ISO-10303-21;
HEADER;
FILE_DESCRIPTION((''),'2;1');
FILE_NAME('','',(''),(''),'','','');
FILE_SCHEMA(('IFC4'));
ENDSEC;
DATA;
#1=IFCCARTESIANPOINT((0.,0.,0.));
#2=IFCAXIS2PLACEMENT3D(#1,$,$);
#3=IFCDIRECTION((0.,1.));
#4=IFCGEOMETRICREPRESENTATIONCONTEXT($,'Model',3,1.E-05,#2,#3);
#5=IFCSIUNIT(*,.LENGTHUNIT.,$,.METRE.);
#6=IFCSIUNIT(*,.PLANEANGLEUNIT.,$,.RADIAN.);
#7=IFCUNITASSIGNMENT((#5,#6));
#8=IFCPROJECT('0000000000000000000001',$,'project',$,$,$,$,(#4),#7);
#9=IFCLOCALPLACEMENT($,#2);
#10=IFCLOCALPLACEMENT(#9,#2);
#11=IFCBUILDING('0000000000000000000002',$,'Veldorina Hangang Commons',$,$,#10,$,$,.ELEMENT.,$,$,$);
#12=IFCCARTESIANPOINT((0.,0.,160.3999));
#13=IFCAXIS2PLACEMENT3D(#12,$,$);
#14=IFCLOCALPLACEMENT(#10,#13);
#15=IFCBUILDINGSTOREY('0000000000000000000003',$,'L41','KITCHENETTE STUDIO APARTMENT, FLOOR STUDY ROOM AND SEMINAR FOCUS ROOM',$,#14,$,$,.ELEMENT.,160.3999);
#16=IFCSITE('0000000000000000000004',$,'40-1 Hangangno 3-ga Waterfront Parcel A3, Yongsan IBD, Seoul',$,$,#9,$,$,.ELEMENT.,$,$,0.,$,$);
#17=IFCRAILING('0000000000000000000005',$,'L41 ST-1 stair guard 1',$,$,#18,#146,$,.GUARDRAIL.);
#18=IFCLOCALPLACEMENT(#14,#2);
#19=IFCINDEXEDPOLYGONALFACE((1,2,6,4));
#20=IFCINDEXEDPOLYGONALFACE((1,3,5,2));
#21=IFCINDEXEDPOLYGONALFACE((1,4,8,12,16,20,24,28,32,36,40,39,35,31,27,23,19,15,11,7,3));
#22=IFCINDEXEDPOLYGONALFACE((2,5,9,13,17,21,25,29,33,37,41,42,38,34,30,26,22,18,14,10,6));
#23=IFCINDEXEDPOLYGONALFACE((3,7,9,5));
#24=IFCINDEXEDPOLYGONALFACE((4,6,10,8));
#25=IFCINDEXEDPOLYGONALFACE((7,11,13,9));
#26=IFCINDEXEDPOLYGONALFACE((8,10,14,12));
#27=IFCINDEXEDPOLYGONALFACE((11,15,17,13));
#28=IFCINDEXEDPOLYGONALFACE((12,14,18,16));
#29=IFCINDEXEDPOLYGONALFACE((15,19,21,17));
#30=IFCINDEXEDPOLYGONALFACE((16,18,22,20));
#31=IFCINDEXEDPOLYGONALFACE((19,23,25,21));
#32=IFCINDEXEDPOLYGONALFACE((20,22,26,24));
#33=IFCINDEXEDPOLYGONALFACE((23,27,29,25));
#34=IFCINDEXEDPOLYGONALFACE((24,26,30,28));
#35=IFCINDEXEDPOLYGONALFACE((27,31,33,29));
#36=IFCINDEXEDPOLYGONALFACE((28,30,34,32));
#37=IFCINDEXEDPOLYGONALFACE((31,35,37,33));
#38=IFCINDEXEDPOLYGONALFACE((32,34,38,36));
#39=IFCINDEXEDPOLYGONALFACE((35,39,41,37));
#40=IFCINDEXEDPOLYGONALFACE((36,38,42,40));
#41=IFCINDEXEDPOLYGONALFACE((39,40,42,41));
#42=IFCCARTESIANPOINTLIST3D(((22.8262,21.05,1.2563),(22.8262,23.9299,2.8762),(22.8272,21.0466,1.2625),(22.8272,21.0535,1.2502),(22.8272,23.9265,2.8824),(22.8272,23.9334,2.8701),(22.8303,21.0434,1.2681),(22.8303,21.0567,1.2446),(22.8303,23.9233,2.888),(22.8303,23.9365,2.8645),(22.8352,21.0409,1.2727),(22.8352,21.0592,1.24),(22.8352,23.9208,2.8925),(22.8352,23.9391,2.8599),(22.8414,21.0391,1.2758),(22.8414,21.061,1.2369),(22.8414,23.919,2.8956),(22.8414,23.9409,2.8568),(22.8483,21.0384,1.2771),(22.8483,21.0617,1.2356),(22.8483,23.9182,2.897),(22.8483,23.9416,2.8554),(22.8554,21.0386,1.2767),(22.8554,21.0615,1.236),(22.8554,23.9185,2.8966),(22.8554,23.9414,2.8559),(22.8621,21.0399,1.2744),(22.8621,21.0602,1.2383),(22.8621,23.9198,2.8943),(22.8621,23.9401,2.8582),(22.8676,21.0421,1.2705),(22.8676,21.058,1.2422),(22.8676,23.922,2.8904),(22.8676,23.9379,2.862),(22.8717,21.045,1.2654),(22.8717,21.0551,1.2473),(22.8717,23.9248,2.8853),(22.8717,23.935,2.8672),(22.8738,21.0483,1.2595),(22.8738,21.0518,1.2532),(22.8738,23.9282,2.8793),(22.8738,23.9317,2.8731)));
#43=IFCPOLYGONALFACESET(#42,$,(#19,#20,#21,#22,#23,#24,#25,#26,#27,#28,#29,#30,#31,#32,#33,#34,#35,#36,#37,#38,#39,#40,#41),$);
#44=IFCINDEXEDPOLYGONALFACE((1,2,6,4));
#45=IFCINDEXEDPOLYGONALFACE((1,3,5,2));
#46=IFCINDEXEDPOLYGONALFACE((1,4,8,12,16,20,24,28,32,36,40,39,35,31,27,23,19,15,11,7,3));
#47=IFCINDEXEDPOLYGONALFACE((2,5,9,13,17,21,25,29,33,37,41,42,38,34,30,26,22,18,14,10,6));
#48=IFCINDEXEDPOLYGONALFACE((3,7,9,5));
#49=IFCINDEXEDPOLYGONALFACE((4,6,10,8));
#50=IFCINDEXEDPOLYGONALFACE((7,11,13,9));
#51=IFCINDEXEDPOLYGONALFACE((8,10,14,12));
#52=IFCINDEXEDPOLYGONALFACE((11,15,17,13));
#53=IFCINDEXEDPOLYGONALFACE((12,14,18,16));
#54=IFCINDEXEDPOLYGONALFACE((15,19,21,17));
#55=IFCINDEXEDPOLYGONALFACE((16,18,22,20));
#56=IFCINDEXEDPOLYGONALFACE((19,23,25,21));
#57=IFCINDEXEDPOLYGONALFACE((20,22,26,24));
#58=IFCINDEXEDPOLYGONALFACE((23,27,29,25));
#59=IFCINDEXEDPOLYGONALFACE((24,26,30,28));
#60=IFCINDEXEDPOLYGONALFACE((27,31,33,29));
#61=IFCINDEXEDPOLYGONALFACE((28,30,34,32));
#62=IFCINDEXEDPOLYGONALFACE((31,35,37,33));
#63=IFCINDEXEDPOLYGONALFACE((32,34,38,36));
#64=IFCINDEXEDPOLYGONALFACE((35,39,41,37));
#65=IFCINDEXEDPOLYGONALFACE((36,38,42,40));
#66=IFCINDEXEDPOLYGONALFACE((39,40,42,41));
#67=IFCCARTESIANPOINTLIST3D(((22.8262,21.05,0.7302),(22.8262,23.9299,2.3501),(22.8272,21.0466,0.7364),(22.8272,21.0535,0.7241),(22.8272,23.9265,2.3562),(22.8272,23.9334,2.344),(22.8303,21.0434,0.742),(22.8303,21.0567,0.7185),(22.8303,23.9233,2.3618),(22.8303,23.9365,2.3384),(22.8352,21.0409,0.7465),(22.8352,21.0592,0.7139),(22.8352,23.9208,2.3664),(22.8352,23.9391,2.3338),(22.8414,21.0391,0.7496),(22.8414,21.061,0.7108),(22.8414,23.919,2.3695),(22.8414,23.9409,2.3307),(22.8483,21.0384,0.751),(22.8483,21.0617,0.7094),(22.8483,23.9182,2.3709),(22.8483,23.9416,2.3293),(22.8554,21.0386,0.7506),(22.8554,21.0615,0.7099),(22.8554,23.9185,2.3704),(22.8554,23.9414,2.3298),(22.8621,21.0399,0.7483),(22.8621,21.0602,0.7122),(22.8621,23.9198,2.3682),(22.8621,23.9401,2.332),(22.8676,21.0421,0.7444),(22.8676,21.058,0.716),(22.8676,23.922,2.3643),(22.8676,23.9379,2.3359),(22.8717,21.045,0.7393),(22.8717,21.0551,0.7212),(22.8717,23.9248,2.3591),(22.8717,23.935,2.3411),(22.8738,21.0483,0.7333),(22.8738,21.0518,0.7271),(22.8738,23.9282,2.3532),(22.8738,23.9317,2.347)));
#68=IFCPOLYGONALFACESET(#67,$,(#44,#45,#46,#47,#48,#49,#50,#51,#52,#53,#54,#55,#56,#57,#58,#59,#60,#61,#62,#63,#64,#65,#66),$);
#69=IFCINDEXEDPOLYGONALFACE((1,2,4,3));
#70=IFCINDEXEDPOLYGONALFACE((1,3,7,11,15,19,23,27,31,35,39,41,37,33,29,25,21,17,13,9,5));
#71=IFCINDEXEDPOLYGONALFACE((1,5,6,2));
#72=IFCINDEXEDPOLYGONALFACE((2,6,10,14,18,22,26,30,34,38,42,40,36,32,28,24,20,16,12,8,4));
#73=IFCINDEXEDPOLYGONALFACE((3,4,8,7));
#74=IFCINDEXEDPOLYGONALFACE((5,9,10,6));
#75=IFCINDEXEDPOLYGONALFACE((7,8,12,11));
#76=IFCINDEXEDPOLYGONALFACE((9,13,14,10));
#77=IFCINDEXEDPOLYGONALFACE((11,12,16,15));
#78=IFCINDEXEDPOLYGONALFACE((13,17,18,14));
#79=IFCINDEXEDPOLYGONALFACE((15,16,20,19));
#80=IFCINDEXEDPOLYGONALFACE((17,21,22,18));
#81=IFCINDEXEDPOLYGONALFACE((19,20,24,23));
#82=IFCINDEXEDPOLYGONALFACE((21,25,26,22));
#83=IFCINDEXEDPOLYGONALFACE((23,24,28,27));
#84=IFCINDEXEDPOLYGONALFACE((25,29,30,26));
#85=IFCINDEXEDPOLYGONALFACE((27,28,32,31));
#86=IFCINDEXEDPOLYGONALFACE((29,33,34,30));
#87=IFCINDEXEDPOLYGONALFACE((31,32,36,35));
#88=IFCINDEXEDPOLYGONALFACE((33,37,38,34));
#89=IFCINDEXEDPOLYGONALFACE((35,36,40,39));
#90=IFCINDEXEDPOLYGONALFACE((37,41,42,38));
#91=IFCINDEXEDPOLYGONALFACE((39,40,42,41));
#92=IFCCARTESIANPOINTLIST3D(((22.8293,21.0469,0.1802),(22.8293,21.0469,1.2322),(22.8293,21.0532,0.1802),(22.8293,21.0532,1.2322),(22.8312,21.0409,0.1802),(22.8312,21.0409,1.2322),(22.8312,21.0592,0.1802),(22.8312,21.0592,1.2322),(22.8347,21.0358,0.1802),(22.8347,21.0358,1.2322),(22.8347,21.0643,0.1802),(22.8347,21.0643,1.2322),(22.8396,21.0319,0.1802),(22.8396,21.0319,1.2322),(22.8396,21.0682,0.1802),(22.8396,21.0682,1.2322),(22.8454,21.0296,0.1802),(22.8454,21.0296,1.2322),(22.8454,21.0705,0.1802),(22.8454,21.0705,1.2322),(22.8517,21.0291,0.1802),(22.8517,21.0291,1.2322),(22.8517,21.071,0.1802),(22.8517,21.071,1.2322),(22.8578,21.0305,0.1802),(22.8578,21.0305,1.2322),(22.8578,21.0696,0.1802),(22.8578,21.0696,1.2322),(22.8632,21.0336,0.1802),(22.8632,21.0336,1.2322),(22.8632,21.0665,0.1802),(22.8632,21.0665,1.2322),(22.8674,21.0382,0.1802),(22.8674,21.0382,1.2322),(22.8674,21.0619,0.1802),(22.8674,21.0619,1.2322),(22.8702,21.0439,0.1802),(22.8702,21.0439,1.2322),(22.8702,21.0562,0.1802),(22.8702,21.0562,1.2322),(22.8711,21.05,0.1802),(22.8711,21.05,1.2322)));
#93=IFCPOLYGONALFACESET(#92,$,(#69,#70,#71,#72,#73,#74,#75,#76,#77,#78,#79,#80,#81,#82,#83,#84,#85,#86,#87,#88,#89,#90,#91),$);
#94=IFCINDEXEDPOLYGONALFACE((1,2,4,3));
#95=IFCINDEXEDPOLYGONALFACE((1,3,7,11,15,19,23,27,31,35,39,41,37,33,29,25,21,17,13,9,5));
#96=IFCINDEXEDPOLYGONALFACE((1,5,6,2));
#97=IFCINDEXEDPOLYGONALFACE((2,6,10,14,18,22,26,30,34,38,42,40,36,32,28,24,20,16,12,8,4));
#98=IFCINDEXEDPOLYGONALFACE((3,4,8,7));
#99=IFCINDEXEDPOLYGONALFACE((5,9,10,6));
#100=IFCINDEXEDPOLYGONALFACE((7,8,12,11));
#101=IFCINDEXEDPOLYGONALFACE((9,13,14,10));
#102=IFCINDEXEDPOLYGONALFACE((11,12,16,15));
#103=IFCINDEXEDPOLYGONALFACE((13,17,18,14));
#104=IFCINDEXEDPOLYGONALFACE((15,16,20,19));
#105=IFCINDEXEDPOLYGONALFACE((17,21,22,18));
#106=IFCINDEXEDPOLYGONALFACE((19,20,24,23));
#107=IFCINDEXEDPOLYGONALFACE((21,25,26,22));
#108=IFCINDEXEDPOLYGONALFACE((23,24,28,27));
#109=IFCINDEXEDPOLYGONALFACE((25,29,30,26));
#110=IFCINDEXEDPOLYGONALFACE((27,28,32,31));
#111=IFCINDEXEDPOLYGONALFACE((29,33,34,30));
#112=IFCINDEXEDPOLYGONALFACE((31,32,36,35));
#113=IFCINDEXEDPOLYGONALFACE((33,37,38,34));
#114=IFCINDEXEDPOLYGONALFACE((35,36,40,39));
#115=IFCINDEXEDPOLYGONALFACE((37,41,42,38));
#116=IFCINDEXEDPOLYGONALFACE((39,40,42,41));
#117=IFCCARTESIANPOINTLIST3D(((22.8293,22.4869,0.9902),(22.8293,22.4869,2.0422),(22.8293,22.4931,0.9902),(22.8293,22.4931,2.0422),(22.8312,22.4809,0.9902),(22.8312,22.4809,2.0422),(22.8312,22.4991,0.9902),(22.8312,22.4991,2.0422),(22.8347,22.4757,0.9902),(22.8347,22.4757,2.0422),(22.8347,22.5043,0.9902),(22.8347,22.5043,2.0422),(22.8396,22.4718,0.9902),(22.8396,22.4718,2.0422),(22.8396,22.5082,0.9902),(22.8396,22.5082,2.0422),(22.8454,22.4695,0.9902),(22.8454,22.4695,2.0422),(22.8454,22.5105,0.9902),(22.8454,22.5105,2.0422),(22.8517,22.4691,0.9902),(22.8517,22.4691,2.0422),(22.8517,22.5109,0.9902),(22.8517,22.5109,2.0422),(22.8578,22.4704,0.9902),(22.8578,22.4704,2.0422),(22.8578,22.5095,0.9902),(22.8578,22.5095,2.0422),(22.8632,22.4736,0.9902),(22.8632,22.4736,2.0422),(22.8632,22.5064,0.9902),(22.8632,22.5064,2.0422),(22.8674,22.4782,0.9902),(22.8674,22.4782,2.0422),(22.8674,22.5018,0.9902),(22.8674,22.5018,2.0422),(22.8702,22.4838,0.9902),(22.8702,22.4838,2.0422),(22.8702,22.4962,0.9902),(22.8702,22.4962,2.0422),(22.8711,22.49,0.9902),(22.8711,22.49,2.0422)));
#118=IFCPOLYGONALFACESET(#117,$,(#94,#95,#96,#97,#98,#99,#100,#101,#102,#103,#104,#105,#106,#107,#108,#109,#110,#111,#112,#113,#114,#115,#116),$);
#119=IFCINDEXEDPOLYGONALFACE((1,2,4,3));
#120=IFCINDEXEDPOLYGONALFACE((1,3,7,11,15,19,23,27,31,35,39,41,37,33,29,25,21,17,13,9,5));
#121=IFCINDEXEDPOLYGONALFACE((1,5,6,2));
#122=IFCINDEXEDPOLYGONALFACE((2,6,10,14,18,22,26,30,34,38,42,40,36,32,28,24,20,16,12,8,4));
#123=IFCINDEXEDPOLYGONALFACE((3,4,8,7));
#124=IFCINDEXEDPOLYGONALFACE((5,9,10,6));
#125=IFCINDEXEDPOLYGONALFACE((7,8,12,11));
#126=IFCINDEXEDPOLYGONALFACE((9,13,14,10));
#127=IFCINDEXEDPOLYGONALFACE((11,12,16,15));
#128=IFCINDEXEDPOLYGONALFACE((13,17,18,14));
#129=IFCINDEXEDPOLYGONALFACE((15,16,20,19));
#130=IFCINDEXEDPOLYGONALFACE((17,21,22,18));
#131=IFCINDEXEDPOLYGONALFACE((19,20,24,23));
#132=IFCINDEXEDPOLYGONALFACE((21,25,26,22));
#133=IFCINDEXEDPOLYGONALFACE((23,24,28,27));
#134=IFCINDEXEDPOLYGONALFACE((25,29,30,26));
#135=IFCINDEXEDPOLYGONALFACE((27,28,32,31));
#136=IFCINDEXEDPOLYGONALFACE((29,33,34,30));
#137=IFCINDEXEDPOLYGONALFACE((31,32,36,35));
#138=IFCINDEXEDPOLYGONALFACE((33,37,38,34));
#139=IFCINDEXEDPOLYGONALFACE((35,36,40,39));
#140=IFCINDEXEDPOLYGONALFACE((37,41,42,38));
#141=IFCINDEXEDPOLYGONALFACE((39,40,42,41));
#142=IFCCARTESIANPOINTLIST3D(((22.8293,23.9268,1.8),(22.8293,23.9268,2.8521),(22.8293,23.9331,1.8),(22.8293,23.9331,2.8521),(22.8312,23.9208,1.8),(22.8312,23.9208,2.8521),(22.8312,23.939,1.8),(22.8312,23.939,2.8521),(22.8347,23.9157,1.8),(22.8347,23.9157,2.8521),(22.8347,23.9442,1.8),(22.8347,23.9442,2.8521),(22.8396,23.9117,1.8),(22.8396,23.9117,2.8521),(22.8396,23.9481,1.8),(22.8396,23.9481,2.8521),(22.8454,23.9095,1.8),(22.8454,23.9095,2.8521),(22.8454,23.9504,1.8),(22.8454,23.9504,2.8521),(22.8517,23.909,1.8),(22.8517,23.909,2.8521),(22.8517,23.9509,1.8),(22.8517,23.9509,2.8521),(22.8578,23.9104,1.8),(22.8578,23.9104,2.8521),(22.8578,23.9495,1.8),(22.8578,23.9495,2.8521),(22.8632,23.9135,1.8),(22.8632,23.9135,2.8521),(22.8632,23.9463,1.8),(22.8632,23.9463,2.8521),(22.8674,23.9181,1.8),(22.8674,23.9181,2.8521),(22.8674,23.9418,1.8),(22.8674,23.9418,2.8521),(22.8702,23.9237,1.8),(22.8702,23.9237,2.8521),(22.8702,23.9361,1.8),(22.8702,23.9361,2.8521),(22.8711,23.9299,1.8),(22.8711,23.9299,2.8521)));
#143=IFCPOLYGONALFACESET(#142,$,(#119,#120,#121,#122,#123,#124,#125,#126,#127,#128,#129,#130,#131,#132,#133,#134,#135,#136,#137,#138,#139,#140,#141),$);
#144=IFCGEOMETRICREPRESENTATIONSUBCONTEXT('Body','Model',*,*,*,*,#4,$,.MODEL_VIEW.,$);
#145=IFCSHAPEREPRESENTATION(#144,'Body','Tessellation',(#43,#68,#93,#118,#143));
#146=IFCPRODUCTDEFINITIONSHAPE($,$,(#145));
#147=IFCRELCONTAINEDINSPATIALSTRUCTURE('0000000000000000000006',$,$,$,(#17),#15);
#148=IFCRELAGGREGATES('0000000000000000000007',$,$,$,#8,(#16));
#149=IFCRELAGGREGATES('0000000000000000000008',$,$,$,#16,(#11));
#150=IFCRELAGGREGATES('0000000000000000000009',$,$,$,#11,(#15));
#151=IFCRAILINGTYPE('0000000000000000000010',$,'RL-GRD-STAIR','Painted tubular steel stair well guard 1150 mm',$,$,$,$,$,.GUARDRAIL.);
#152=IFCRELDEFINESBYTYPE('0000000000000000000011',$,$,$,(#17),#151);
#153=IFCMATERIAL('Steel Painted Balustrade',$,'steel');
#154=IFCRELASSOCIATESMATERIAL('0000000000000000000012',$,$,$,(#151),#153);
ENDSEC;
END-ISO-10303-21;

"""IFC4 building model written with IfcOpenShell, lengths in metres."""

from ifc_helpers import new_model, si_unit, direction, frame, origin, origin_2d, place, context, subcontext, project, spatial, circle, extrude, material, type_object, element, save


model = new_model("IFC4")

# Units and contexts
model_context = context("Model", 3, precision=1e-05, world=origin(), true_north=direction((0.0, 1.0)))
body_context = subcontext(model_context, "Body", "Model", "MODEL_VIEW")
ifc_project = project(units=[si_unit("LENGTHUNIT", "METRE"), si_unit("PLANEANGLEUNIT", "RADIAN")], contexts=[model_context])

# Site, building, storey
site_placement = place(None, origin())
site = spatial("IfcSite", under=ifc_project, at=site_placement, Name="40-1 Hangangno 3-ga Waterfront Parcel A3, Yongsan IBD, Seoul", CompositionType="ELEMENT", RefElevation=0.0)
building_placement = place(site_placement, origin())
building = spatial("IfcBuilding", under=site, at=building_placement, Name="Veldorina Hangang Commons", CompositionType="ELEMENT")
storey_placement = place(building_placement, frame((0.0, 0.0, 160.3999)))
storey = spatial("IfcBuildingStorey", under=building, at=storey_placement, Name="L41", Description="KITCHENETTE STUDIO APARTMENT, FLOOR STUDY ROOM AND SEMINAR FOCUS ROOM", CompositionType="ELEMENT", Elevation=160.3999)

# Railing
ifc_material_1 = material(Name="Steel Painted Balustrade", Category="steel")
railing_type_1 = type_object("IfcRailingType", Name="RL-GRD-STAIR", Description="Painted tubular steel stair well guard 1150 mm", PredefinedType="GUARDRAIL", material=ifc_material_1)
railing_1_placement = place(storey_placement, frame((22.8501, 21.05, 0.1802)))
element("IfcRailing", 1, at=railing_1_placement, inside=storey, type_object=railing_type_1, Name="L41 ST-1 stair guard 1", PredefinedType="GUARDRAIL", context=body_context, shape_type="SweptSolid", body=[
    extrude(circle(Radius=0.0239, at=origin_2d()), frame((0.0, 0.0, 1.0762), z_axis=(0.0, 0.871583, 0.490247), x_axis=(-1.0, 0.0, 0.0)), (0.0, 0.0, 1.0), 3.3042),
    extrude(circle(Radius=0.0239, at=origin_2d()), frame((0.0, 0.0, 0.55), z_axis=(0.0, 0.871583, 0.490247), x_axis=(-1.0, 0.0, 0.0)), (0.0, 0.0, 1.0), 3.3042),
    extrude(circle(Radius=0.021, at=origin_2d()), origin(), (0.0, 0.0, 1.0), 1.052),
    extrude(circle(Radius=0.021, at=origin_2d()), frame((0.0, 1.4399, 0.8101)), (0.0, 0.0, 1.0), 1.052),
    extrude(circle(Radius=0.021, at=origin_2d()), frame((0.0, 2.8799, 1.6199)), (0.0, 0.0, 1.0), 1.052),
])

save(model, "model.ifc")
